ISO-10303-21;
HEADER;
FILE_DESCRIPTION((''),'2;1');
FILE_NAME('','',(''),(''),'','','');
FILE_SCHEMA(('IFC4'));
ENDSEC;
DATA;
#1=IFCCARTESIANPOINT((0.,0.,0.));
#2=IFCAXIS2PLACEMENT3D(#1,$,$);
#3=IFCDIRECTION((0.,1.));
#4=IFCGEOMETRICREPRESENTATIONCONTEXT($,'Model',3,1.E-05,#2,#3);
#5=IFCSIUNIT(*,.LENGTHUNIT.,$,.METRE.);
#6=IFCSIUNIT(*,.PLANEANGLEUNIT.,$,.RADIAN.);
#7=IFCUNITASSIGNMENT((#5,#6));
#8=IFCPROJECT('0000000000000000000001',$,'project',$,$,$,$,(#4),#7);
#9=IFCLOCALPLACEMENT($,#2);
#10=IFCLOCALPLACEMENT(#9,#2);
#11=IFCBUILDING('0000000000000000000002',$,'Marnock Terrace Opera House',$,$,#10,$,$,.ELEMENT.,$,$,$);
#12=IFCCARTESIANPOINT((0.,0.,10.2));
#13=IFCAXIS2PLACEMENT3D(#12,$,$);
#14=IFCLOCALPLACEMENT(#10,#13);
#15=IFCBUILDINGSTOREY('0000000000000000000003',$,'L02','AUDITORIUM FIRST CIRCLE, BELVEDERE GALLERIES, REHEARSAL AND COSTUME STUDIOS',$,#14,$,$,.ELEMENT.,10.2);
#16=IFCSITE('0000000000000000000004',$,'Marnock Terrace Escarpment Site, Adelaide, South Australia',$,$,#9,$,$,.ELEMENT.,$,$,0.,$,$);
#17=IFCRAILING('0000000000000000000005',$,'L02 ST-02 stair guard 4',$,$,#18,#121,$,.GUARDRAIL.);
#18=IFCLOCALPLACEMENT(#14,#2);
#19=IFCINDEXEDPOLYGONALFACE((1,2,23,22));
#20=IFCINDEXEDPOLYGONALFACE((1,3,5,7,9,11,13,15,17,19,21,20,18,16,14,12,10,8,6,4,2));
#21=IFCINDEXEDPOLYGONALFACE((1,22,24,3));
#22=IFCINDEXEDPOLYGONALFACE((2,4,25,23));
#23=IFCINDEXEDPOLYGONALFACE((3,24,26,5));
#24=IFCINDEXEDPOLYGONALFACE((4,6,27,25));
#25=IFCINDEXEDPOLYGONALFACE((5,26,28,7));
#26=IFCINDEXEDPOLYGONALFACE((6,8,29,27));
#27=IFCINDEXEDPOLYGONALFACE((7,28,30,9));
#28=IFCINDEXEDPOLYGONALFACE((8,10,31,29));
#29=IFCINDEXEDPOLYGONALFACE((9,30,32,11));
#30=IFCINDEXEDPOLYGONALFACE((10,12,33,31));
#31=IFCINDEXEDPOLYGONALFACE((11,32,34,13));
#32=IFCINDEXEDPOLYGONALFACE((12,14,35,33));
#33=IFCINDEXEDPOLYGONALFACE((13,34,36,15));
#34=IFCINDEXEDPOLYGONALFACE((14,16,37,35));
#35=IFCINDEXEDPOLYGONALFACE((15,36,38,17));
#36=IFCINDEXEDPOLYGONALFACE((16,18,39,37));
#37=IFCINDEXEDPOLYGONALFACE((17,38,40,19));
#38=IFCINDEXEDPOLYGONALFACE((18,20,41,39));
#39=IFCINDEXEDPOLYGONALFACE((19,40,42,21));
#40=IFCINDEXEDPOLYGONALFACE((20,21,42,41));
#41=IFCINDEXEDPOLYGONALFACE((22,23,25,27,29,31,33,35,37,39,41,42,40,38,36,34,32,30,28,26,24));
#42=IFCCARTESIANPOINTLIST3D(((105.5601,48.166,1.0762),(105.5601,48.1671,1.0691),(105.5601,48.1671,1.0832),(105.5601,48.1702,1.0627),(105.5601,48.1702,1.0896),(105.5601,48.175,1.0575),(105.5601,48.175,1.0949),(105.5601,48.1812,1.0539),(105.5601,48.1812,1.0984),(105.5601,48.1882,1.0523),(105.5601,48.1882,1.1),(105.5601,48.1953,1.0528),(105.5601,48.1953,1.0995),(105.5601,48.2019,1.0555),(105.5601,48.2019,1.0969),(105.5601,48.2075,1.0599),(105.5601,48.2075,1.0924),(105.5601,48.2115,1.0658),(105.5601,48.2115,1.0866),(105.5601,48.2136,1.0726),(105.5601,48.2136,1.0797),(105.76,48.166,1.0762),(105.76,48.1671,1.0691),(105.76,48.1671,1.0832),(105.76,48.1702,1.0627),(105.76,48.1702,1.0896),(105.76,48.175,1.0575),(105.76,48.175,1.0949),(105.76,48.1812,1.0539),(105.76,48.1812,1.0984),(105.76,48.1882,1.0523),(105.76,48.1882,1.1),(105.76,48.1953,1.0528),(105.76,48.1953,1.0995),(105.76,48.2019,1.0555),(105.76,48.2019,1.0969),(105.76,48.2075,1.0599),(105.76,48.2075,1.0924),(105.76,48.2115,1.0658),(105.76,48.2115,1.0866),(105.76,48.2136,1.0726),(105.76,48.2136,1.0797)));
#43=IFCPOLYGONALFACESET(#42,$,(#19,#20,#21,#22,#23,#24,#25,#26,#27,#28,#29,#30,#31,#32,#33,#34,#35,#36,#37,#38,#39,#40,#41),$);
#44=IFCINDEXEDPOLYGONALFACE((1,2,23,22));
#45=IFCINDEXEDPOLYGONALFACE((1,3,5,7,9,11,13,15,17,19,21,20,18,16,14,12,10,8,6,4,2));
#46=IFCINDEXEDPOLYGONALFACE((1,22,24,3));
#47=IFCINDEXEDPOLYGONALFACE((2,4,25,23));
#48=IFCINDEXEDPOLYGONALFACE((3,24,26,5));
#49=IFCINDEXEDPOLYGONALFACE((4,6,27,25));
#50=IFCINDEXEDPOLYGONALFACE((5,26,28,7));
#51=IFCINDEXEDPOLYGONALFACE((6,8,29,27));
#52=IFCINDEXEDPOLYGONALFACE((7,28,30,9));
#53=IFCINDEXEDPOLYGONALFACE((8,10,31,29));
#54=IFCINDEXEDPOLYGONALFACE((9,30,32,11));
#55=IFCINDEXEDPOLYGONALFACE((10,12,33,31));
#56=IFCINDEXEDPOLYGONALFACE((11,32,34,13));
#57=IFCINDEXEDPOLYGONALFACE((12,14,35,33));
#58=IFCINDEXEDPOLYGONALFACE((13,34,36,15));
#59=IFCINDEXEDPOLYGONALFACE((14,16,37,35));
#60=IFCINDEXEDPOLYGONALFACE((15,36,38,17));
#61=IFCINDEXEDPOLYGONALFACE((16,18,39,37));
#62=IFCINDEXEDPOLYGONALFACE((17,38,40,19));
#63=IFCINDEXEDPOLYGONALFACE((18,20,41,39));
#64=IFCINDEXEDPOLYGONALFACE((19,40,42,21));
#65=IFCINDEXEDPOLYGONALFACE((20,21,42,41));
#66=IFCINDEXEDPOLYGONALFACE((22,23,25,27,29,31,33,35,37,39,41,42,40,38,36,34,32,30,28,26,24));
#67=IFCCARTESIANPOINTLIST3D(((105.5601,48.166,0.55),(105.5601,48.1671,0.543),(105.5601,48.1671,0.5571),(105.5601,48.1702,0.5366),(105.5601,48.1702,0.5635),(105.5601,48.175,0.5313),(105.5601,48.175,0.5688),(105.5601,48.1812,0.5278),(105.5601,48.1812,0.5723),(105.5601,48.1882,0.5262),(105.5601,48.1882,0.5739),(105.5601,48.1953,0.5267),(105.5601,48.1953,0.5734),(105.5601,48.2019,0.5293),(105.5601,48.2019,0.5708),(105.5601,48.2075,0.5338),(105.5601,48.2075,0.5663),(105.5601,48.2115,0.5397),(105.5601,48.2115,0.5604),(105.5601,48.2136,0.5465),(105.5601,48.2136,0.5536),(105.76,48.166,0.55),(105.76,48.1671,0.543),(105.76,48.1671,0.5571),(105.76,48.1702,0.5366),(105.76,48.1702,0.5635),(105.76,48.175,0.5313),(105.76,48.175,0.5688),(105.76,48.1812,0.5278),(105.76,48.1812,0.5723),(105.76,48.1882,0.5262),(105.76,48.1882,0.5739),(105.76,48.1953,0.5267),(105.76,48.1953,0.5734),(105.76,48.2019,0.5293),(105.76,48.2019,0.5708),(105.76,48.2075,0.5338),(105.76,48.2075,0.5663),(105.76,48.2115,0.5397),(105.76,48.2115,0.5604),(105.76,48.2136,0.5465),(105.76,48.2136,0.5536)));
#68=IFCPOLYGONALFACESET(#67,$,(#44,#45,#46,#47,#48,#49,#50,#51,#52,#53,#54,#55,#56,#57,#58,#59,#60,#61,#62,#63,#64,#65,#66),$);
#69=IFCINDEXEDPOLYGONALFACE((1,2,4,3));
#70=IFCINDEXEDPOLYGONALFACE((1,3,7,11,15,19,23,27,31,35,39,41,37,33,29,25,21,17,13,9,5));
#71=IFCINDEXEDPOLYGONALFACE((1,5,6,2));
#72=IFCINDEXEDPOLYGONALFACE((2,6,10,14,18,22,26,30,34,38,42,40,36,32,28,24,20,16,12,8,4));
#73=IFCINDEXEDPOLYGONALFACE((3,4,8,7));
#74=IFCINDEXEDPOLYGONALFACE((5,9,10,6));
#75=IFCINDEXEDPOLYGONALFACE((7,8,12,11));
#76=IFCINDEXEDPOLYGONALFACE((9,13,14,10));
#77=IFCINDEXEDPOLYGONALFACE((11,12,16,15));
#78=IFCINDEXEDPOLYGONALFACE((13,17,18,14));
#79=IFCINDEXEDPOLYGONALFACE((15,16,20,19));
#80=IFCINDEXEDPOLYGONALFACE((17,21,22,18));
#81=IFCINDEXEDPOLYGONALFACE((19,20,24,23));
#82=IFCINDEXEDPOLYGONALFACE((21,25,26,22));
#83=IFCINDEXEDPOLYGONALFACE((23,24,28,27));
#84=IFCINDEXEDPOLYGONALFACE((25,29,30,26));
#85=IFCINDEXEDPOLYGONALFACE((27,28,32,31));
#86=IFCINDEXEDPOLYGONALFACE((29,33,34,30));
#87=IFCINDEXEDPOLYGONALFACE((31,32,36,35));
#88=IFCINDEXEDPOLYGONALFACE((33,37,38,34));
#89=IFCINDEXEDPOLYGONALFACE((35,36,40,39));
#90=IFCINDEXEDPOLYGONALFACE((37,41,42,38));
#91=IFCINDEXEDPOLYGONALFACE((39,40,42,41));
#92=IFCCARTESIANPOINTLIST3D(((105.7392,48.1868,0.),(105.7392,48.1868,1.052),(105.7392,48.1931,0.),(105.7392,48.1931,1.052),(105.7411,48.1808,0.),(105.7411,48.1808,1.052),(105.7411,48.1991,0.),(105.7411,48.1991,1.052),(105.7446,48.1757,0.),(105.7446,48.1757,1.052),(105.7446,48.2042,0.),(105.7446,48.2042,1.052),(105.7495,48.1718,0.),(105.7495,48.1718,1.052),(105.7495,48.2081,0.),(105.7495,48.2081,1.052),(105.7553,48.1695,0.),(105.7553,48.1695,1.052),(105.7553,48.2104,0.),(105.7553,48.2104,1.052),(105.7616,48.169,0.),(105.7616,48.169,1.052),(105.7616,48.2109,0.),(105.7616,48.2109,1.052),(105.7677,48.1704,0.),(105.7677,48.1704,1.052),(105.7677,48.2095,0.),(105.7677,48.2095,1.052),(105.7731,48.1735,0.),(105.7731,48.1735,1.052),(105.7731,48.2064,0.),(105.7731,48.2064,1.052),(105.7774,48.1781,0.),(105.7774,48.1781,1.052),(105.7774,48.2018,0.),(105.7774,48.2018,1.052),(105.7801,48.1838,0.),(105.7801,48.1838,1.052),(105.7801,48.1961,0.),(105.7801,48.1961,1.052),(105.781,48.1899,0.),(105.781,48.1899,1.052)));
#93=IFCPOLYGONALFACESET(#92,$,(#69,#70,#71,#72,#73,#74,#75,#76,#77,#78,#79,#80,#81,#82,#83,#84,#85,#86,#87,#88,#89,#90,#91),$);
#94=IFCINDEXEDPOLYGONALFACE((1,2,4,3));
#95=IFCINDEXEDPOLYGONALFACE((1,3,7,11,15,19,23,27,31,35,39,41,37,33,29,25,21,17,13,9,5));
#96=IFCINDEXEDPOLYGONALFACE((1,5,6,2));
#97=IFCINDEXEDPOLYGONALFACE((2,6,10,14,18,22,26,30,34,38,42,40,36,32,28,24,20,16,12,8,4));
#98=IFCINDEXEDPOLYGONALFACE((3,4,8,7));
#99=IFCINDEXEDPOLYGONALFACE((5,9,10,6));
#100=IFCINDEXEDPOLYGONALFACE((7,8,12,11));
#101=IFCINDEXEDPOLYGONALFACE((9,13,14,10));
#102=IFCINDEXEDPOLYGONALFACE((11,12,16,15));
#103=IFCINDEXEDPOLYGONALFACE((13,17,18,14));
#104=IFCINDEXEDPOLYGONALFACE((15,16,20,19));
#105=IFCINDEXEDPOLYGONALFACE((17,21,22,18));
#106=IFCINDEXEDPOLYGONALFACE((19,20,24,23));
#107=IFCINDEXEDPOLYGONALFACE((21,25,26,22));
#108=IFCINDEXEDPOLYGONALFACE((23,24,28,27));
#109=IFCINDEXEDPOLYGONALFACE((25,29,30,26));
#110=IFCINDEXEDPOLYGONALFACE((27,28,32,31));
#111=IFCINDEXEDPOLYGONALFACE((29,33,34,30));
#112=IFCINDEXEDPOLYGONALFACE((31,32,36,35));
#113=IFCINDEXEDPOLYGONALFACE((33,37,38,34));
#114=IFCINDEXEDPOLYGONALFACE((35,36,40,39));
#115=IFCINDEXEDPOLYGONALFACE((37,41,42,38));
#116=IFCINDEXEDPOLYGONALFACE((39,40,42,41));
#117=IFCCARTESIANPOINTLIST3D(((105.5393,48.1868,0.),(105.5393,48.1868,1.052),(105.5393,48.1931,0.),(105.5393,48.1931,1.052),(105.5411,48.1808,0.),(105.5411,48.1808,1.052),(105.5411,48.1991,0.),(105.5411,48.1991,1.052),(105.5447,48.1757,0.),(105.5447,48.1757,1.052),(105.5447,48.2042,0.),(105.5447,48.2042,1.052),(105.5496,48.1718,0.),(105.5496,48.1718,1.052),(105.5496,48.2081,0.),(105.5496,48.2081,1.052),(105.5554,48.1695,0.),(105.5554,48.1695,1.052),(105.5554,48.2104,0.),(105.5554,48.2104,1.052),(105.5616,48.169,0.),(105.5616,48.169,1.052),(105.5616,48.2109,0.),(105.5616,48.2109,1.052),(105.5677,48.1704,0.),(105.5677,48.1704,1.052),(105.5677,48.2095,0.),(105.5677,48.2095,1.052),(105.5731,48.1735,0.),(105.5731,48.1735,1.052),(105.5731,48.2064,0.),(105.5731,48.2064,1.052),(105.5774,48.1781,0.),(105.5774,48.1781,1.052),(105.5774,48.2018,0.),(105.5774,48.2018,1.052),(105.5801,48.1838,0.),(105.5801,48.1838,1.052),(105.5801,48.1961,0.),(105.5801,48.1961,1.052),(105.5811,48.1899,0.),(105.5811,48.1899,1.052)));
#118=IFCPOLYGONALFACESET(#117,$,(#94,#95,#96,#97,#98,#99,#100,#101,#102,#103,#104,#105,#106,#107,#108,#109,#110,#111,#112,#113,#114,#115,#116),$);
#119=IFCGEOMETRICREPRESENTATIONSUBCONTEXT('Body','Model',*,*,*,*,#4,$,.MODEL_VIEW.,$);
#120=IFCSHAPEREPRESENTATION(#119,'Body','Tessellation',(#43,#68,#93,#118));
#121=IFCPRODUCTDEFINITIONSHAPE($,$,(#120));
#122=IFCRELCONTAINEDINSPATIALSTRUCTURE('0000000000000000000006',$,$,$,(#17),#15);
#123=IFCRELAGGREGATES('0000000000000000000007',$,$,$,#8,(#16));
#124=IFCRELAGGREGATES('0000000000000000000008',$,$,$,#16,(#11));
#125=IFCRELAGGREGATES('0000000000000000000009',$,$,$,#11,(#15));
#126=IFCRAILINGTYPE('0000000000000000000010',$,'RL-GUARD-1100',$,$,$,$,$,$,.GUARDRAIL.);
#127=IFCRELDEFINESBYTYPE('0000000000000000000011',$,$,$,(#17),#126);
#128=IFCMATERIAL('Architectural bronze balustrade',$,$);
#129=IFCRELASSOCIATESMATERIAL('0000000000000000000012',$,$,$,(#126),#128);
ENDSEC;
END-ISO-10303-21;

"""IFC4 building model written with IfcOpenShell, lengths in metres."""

from ifc_helpers import new_model, si_unit, direction, frame, origin, origin_2d, place, context, subcontext, project, spatial, circle, extrude, material, type_object, element, save


model = new_model("IFC4")

# Units and contexts
model_context = context("Model", 3, precision=1e-05, world=origin(), true_north=direction((0.0, 1.0)))
body_context = subcontext(model_context, "Body", "Model", "MODEL_VIEW")
ifc_project = project(units=[si_unit("LENGTHUNIT", "METRE"), si_unit("PLANEANGLEUNIT", "RADIAN")], contexts=[model_context])

# Site, building, storey
site_placement = place(None, origin())
site = spatial("IfcSite", under=ifc_project, at=site_placement, Name="Marnock Terrace Escarpment Site, Adelaide, South Australia", CompositionType="ELEMENT", RefElevation=0.0)
building_placement = place(site_placement, origin())
building = spatial("IfcBuilding", under=site, at=building_placement, Name="Marnock Terrace Opera House", CompositionType="ELEMENT")
storey_placement = place(building_placement, frame((0.0, 0.0, 10.2)))
storey = spatial("IfcBuildingStorey", under=building, at=storey_placement, Name="L02", Description="AUDITORIUM FIRST CIRCLE, BELVEDERE GALLERIES, REHEARSAL AND COSTUME STUDIOS", CompositionType="ELEMENT", Elevation=10.2)

# Railing
ifc_material_1 = material(Name="Architectural bronze balustrade")
railing_type_1 = type_object("IfcRailingType", Name="RL-GUARD-1100", PredefinedType="GUARDRAIL", material=ifc_material_1)
railing_1_placement = place(storey_placement, frame((105.76, 48.1899, 0.0)))
element("IfcRailing", 1, at=railing_1_placement, inside=storey, type_object=railing_type_1, Name="L02 ST-02 stair guard 4", PredefinedType="GUARDRAIL", context=body_context, shape_type="SweptSolid", body=[
    extrude(circle(Radius=0.0239, at=origin_2d()), frame((0.0, 0.0, 1.0762), z_axis=(-1.0, 0.0, 0.0), x_axis=(0.0, -1.0, 0.0)), (0.0, 0.0, 1.0), 0.2),
    extrude(circle(Radius=0.0239, at=origin_2d()), frame((0.0, 0.0, 0.55), z_axis=(-1.0, 0.0, 0.0), x_axis=(0.0, -1.0, 0.0)), (0.0, 0.0, 1.0), 0.2),
    extrude(circle(Radius=0.021, at=origin_2d()), origin(), (0.0, 0.0, 1.0), 1.052),
    extrude(circle(Radius=0.021, at=origin_2d()), frame((-0.2, 0.0, 0.0)), (0.0, 0.0, 1.0), 1.052),
])

save(model, "model.ifc")
